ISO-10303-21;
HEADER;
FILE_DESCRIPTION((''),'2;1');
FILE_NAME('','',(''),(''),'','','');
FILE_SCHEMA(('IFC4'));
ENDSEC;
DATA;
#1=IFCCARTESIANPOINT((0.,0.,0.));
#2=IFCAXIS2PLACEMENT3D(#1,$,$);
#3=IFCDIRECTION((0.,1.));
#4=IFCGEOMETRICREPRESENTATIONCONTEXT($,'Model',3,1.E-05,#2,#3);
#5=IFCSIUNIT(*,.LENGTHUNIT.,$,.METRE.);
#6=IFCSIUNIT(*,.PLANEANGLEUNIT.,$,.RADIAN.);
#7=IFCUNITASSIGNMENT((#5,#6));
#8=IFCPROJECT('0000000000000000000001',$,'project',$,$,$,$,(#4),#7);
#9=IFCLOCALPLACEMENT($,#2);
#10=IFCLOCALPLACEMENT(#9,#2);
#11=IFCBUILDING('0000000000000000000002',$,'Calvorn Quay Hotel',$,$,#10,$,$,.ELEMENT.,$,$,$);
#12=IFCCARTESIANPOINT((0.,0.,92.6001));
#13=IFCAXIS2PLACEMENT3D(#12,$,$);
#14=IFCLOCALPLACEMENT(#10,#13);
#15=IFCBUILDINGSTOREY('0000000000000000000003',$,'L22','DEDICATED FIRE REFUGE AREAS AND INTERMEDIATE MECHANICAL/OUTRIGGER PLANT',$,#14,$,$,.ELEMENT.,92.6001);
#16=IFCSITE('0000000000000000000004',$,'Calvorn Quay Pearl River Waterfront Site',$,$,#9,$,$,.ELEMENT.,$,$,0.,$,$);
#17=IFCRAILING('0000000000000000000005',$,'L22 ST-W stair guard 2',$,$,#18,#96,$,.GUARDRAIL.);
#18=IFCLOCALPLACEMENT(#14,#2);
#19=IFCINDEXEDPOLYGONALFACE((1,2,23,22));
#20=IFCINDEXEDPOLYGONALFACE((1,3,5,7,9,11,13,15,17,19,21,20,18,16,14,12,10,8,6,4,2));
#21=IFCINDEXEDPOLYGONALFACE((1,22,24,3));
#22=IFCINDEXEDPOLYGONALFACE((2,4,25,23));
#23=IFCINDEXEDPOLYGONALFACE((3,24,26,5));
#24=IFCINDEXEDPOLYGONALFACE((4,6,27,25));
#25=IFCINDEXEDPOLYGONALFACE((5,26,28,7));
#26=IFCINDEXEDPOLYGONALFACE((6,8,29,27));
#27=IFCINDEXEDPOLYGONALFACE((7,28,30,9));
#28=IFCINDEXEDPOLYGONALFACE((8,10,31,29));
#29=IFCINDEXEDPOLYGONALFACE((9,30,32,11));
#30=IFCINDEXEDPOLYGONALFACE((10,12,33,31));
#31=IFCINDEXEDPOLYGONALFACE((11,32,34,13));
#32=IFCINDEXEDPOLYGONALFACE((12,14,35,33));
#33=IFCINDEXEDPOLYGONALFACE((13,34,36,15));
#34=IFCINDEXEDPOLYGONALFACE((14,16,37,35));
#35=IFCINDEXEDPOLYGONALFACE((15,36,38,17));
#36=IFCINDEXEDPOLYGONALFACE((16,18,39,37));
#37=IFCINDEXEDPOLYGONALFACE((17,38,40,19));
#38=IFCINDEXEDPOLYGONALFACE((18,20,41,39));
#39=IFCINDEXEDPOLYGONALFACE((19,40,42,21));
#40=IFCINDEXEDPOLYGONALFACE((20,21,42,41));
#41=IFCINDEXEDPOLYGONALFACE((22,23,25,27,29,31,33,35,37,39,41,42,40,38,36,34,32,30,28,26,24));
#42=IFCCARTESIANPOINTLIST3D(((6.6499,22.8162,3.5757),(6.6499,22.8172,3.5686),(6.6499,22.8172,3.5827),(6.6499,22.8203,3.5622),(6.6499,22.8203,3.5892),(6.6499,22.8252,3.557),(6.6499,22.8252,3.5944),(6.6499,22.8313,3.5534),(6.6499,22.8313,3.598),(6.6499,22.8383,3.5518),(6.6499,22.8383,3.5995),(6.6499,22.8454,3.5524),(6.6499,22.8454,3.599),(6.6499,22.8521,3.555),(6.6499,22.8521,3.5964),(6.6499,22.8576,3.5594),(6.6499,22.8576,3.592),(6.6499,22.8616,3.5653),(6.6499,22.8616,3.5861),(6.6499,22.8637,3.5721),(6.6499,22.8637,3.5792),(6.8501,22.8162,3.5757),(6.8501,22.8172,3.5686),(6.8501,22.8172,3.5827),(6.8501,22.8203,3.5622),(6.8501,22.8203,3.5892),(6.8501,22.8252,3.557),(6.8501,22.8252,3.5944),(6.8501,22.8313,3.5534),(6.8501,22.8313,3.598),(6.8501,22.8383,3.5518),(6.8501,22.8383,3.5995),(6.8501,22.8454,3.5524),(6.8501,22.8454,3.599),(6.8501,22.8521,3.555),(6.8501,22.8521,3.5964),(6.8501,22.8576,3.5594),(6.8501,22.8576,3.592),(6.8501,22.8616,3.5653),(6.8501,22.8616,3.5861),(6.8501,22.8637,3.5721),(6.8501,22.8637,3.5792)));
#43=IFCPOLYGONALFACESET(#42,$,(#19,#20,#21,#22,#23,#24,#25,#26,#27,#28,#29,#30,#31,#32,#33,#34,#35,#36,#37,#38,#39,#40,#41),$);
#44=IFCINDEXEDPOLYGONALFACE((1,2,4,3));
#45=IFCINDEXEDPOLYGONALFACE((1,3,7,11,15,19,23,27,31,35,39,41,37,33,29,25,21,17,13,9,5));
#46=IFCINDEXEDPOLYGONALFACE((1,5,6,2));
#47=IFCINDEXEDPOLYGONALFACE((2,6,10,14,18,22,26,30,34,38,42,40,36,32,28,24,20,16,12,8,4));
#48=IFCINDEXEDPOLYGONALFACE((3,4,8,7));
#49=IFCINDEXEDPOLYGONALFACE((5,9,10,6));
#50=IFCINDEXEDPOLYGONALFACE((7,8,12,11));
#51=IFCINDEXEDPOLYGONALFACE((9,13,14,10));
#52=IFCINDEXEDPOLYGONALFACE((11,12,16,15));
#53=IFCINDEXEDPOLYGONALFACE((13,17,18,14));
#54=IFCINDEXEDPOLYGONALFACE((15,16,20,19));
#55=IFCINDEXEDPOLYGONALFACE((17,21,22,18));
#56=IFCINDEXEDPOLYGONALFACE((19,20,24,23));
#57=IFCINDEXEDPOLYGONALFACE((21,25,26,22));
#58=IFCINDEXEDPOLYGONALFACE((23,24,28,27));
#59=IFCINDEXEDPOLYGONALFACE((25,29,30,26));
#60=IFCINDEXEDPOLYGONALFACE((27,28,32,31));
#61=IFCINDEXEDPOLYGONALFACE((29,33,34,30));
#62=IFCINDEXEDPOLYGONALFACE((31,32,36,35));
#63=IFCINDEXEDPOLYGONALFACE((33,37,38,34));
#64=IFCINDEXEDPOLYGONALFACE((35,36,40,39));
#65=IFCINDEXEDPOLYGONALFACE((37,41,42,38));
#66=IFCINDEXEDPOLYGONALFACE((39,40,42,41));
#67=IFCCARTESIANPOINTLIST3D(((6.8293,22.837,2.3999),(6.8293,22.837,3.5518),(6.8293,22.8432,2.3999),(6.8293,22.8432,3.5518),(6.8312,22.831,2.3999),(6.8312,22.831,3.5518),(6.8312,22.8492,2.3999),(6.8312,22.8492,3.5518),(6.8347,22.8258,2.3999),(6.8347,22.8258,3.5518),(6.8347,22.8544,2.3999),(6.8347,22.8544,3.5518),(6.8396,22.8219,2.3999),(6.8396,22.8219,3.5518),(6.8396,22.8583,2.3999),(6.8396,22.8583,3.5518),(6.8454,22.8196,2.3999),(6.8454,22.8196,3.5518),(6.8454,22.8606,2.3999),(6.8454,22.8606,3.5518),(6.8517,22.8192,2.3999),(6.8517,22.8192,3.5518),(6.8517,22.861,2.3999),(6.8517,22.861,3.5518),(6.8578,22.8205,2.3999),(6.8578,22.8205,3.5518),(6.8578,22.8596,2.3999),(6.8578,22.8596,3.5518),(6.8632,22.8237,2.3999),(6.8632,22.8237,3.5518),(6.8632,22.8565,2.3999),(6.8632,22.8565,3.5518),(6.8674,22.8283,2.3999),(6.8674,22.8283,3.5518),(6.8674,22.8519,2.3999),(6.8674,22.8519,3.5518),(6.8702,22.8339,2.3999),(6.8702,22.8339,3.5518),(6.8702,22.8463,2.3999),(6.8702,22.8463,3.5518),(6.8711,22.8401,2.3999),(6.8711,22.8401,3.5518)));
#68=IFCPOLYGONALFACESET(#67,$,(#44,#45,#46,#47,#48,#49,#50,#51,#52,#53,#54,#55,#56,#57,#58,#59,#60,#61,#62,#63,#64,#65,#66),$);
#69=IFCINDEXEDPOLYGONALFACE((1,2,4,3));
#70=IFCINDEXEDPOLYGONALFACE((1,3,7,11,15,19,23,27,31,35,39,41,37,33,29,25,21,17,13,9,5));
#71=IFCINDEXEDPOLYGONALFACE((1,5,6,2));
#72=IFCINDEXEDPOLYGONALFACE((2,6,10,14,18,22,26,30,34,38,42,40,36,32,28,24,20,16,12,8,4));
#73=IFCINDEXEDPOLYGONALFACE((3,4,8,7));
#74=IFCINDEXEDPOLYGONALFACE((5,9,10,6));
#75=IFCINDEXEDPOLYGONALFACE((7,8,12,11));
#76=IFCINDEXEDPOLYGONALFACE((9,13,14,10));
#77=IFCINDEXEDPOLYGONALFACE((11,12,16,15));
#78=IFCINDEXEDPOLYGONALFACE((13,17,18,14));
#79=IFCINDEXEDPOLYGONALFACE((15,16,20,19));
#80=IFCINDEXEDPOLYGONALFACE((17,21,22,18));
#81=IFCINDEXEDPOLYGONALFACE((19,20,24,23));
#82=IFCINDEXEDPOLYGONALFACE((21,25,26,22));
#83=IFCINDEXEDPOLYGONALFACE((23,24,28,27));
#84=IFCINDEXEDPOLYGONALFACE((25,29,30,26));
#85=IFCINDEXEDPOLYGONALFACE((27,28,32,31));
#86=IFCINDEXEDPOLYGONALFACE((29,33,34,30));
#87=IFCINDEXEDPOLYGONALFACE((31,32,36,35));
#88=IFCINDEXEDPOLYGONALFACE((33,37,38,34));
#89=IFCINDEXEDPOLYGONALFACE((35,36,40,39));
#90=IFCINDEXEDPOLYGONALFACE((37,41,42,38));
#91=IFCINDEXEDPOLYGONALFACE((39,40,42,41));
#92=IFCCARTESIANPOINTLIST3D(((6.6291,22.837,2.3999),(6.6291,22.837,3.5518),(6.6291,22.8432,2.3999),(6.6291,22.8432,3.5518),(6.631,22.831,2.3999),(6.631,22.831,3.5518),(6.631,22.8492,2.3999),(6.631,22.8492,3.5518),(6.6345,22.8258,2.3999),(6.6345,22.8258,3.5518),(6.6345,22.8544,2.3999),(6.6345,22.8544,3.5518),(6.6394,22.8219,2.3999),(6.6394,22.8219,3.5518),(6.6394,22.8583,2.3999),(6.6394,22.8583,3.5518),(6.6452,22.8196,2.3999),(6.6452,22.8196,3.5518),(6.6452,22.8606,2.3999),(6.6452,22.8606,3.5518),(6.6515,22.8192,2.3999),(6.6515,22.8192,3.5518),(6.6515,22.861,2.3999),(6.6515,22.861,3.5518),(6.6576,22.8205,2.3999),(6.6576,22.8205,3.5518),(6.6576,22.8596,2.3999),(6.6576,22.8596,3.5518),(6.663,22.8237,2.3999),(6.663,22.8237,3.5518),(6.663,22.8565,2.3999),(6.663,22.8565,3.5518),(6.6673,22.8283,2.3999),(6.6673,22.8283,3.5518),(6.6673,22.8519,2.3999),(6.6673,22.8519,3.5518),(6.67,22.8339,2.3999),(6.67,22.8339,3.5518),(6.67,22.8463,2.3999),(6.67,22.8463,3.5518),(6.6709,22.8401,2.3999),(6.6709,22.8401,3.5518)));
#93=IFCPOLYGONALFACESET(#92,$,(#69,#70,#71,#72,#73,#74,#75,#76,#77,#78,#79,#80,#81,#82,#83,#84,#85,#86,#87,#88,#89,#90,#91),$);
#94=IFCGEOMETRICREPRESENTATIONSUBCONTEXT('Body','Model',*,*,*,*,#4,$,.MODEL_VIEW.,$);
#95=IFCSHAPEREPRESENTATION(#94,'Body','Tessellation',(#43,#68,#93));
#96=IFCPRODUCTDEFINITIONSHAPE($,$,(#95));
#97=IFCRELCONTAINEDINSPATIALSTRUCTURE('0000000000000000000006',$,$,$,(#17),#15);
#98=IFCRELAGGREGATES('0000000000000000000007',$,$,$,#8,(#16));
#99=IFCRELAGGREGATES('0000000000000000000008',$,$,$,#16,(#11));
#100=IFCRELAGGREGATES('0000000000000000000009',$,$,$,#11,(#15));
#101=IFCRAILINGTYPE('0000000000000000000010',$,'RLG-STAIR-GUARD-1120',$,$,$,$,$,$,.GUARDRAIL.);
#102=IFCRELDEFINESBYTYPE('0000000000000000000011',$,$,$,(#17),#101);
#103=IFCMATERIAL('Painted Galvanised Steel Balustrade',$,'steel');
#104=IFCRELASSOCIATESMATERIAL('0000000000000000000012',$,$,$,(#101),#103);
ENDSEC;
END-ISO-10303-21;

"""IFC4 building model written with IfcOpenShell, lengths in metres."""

from ifc_helpers import new_model, si_unit, direction, frame, origin, origin_2d, place, context, subcontext, project, spatial, circle, extrude, material, type_object, element, save


model = new_model("IFC4")

# Units and contexts
model_context = context("Model", 3, precision=1e-05, world=origin(), true_north=direction((0.0, 1.0)))
body_context = subcontext(model_context, "Body", "Model", "MODEL_VIEW")
ifc_project = project(units=[si_unit("LENGTHUNIT", "METRE"), si_unit("PLANEANGLEUNIT", "RADIAN")], contexts=[model_context])

# Site, building, storey
site_placement = place(None, origin())
site = spatial("IfcSite", under=ifc_project, at=site_placement, Name="Calvorn Quay Pearl River Waterfront Site", CompositionType="ELEMENT", RefElevation=0.0)
building_placement = place(site_placement, origin())
building = spatial("IfcBuilding", under=site, at=building_placement, Name="Calvorn Quay Hotel", CompositionType="ELEMENT")
storey_placement = place(building_placement, frame((0.0, 0.0, 92.6001)))
storey = spatial("IfcBuildingStorey", under=building, at=storey_placement, Name="L22", Description="DEDICATED FIRE REFUGE AREAS AND INTERMEDIATE MECHANICAL/OUTRIGGER PLANT", CompositionType="ELEMENT", Elevation=92.6001)

# Railing
ifc_material_1 = material(Name="Painted Galvanised Steel Balustrade", Category="steel")
railing_type_1 = type_object("IfcRailingType", Name="RLG-STAIR-GUARD-1120", PredefinedType="GUARDRAIL", material=ifc_material_1)
railing_1_placement = place(storey_placement, frame((6.8501, 22.8401, 2.3999)))
element("IfcRailing", 1, at=railing_1_placement, inside=storey, type_object=railing_type_1, Name="L22 ST-W stair guard 2", PredefinedType="GUARDRAIL", context=body_context, shape_type="SweptSolid", body=[
    extrude(circle(Radius=0.0239, at=origin_2d()), frame((0.0, 0.0, 1.1758), z_axis=(-1.0, 0.0, 0.0), x_axis=(0.0, -1.0, 0.0)), (0.0, 0.0, 1.0), 0.2002),
    extrude(circle(Radius=0.021, at=origin_2d()), origin(), (0.0, 0.0, 1.0), 1.1519),
    extrude(circle(Radius=0.021, at=origin_2d()), frame((-0.2002, 0.0, 0.0)), (0.0, 0.0, 1.0), 1.1519),
])

save(model, "model.ifc")
